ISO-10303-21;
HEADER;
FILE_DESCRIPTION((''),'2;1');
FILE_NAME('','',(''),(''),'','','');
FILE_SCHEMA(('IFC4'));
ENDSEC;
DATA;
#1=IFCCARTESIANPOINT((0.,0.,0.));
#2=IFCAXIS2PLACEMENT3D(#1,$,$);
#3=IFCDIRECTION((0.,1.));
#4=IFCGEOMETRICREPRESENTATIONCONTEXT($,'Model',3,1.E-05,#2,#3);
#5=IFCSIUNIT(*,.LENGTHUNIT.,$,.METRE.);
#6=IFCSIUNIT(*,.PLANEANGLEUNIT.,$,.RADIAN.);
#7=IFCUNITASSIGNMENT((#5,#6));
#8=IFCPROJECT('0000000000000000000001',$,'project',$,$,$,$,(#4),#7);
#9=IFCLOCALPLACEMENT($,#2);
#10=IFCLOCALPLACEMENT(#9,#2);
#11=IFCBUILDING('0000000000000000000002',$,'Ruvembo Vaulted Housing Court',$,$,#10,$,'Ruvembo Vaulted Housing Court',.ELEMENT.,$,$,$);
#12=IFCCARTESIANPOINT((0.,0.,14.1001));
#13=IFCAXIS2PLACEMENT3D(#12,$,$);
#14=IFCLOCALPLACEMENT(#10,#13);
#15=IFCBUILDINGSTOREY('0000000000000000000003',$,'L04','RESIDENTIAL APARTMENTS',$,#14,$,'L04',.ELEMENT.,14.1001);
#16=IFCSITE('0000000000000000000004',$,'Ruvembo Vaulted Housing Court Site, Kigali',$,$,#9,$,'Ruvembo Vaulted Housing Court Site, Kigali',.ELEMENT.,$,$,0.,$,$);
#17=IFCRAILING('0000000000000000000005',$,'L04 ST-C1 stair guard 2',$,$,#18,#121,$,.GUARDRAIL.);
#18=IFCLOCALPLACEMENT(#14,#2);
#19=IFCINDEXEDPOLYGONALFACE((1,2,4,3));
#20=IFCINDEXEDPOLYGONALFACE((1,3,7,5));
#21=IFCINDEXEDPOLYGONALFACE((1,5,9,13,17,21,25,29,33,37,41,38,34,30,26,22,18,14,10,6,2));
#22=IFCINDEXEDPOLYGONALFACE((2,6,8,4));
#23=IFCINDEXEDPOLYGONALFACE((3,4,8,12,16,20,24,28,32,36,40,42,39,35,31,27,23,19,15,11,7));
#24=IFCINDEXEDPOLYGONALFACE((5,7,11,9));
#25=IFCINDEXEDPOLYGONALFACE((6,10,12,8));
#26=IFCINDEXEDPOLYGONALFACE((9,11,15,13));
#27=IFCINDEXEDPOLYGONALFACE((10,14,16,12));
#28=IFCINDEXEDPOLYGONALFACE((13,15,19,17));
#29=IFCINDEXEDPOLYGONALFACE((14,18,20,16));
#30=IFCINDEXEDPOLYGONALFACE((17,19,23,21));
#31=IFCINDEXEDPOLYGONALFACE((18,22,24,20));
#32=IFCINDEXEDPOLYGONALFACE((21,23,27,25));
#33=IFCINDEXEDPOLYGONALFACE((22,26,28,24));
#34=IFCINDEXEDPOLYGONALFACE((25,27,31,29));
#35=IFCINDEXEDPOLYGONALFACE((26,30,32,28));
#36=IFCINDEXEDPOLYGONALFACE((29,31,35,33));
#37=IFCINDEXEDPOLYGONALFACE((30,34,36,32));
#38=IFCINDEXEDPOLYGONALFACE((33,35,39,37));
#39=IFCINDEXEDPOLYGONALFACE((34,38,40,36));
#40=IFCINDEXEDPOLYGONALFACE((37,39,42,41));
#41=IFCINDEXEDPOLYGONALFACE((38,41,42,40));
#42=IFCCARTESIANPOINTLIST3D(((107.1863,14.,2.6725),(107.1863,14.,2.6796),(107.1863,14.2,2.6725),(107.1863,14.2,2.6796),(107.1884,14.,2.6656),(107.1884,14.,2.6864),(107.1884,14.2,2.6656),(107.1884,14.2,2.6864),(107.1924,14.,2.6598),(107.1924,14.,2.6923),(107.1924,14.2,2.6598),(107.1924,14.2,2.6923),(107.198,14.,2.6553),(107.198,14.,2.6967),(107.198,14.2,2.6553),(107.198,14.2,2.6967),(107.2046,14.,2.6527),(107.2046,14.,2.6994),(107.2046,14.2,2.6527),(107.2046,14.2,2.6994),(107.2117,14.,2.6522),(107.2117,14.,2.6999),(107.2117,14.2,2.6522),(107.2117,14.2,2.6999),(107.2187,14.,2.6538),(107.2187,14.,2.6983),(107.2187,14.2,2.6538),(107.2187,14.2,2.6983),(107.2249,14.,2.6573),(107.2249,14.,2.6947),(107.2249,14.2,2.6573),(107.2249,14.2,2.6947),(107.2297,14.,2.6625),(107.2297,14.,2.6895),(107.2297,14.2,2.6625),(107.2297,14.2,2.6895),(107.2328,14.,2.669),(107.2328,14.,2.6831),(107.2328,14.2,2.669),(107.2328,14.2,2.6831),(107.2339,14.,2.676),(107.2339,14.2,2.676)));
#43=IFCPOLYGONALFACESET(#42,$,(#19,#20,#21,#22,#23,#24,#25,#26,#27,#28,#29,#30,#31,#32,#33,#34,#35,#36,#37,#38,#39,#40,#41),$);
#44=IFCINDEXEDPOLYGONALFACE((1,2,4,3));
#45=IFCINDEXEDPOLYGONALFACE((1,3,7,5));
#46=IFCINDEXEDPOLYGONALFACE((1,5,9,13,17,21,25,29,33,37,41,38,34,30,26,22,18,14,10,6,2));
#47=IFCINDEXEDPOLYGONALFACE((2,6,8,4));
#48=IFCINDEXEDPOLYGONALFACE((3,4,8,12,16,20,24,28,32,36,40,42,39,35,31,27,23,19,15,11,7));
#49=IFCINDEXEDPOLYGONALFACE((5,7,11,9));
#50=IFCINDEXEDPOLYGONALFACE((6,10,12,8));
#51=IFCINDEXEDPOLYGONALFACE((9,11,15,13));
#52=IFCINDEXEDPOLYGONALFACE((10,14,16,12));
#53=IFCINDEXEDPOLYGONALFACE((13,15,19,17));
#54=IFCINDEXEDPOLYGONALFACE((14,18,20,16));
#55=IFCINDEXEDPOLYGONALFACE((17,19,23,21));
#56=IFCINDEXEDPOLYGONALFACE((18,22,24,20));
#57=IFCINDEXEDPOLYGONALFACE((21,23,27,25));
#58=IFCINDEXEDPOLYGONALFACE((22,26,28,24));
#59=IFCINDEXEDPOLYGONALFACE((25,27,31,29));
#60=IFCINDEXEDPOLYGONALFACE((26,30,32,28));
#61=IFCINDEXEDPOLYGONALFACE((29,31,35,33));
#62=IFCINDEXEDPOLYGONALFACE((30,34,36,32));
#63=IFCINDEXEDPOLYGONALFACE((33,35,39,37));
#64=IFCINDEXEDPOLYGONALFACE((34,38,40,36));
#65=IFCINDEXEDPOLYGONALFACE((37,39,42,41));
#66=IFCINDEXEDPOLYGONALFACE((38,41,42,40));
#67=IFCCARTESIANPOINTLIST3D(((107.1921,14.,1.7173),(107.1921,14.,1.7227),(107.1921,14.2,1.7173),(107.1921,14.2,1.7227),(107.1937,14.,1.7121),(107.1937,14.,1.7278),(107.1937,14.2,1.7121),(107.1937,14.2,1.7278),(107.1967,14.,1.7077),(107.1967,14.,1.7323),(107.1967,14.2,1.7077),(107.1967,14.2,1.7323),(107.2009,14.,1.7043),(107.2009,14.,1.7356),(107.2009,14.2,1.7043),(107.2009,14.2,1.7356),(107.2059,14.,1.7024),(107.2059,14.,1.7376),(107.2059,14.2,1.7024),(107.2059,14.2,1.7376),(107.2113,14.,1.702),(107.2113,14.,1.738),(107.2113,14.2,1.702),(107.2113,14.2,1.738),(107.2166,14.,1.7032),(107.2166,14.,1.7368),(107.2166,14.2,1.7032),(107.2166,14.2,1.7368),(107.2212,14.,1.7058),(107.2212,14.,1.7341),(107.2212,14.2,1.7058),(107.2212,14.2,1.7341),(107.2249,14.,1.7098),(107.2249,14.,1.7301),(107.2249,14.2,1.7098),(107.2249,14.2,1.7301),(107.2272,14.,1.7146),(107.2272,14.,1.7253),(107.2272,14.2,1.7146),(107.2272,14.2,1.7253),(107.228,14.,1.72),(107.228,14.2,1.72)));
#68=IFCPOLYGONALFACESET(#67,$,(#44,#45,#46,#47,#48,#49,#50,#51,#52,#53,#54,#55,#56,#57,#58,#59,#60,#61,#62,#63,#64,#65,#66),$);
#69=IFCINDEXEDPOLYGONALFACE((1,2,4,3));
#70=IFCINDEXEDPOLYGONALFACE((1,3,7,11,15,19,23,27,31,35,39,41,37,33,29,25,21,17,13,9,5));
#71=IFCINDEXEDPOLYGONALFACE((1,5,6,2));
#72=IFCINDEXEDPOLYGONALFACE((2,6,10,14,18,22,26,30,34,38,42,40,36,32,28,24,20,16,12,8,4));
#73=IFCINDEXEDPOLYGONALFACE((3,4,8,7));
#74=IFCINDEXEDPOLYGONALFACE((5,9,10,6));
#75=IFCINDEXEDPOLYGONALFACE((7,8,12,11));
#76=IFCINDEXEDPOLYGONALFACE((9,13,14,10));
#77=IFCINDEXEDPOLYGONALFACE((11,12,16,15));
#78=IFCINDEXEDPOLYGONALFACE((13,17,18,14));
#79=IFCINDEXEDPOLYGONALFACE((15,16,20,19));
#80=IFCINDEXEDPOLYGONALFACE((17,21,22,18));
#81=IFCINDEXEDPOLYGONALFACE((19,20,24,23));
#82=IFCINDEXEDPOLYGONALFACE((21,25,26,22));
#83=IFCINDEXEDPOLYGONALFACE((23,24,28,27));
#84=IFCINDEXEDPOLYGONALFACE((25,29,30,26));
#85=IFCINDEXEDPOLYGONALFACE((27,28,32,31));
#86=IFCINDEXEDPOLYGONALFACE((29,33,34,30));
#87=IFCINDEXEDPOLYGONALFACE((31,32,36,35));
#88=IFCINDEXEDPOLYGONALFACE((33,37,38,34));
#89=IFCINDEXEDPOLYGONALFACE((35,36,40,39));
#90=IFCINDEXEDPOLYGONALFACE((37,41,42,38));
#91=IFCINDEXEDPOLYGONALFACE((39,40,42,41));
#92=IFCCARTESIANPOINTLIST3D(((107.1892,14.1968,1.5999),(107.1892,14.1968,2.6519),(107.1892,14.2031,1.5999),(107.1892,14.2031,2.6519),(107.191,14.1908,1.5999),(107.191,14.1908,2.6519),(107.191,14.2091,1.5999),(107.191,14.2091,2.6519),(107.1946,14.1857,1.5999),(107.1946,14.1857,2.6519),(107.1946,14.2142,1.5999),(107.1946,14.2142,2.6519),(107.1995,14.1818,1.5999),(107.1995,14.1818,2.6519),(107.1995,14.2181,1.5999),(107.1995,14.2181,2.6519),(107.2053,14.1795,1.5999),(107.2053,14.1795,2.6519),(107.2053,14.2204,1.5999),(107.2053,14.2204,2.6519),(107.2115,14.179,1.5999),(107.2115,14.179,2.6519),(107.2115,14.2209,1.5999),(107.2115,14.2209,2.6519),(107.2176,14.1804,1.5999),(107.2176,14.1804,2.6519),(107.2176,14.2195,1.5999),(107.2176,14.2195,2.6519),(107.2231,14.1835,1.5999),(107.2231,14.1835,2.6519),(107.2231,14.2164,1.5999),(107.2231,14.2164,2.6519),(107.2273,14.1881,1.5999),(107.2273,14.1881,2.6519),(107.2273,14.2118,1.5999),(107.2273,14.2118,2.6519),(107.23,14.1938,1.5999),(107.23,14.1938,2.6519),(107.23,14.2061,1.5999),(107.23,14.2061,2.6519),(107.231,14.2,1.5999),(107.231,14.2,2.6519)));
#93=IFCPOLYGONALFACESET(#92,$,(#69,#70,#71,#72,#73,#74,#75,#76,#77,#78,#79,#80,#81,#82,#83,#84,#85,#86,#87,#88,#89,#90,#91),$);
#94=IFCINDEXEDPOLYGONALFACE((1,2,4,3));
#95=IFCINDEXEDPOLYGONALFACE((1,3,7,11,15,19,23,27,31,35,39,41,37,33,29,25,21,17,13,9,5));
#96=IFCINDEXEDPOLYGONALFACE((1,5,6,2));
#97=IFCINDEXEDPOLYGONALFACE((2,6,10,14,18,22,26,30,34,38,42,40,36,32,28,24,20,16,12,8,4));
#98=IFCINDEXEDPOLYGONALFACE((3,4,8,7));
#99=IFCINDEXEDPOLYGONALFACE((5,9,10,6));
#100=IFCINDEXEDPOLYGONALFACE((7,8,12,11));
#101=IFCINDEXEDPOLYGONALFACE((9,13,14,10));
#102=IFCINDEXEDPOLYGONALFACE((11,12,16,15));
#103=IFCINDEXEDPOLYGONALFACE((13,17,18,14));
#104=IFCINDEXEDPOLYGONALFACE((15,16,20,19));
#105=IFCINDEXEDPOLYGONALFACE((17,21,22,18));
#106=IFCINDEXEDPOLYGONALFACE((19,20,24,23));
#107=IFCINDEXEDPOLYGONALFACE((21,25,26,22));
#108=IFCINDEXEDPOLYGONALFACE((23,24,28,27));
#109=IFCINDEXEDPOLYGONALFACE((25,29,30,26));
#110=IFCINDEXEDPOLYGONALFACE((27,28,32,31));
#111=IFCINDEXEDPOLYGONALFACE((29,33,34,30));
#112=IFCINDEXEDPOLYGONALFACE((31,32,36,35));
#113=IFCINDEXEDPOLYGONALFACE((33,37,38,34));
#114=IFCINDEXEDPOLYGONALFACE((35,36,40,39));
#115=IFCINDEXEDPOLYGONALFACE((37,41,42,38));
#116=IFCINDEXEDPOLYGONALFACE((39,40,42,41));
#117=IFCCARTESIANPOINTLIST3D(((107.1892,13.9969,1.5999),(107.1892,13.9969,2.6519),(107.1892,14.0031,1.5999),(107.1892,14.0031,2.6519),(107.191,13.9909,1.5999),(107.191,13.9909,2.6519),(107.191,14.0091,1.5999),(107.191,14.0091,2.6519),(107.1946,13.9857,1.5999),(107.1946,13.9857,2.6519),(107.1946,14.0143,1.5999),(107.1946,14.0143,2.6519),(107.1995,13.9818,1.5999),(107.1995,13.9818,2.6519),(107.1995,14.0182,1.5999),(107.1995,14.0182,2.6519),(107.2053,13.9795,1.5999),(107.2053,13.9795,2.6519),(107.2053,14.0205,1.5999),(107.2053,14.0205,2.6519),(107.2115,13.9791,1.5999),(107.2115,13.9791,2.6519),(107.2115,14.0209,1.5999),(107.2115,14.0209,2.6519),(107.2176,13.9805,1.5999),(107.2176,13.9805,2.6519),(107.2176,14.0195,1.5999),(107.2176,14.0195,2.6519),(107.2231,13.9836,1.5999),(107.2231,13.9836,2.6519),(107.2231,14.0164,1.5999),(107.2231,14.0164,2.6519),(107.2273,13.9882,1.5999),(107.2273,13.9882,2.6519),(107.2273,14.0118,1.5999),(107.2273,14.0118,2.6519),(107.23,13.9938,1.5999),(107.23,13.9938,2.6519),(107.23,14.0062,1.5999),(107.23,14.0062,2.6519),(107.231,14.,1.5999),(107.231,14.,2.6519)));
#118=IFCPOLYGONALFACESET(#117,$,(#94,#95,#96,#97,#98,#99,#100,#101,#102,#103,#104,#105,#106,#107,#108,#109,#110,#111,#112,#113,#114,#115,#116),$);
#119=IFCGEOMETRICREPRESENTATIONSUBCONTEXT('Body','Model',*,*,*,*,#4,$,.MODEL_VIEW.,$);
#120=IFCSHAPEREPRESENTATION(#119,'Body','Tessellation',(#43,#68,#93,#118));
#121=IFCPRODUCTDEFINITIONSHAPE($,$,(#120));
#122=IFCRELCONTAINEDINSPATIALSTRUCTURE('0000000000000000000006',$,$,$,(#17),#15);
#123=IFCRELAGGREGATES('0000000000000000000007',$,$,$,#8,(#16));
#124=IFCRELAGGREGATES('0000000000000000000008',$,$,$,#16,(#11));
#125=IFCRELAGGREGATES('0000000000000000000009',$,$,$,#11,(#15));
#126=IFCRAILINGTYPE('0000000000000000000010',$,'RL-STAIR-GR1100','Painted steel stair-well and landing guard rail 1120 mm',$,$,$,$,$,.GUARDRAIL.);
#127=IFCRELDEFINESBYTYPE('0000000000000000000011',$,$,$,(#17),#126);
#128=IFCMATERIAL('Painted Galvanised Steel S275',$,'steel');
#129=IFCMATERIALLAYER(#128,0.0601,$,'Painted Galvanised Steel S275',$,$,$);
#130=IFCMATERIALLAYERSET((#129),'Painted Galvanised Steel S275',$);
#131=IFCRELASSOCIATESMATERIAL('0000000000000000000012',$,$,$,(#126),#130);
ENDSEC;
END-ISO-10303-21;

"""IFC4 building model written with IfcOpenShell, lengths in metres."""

from ifc_helpers import new_model, si_unit, direction, frame, origin, origin_2d, place, context, subcontext, project, spatial, circle, extrude, material, layer, layer_set, type_object, element, save


model = new_model("IFC4")

# Units and contexts
model_context = context("Model", 3, precision=1e-05, world=origin(), true_north=direction((0.0, 1.0)))
body_context = subcontext(model_context, "Body", "Model", "MODEL_VIEW")
ifc_project = project(units=[si_unit("LENGTHUNIT", "METRE"), si_unit("PLANEANGLEUNIT", "RADIAN")], contexts=[model_context])

# Site, building, storey
site_placement = place(None, origin())
site = spatial("IfcSite", under=ifc_project, at=site_placement, Name="Ruvembo Vaulted Housing Court Site, Kigali", LongName="Ruvembo Vaulted Housing Court Site, Kigali", CompositionType="ELEMENT", RefElevation=0.0)
building_placement = place(site_placement, origin())
building = spatial("IfcBuilding", under=site, at=building_placement, Name="Ruvembo Vaulted Housing Court", LongName="Ruvembo Vaulted Housing Court", CompositionType="ELEMENT")
storey_placement = place(building_placement, frame((0.0, 0.0, 14.1001)))
storey = spatial("IfcBuildingStorey", under=building, at=storey_placement, Name="L04", Description="RESIDENTIAL APARTMENTS", LongName="L04", CompositionType="ELEMENT", Elevation=14.1001)

# Railing
ifc_material_1 = material(Name="Painted Galvanised Steel S275", Category="steel")
ifc_layer_1 = layer(ifc_material_1, 0.0601, Name="Painted Galvanised Steel S275")
ifc_layer_set_1 = layer_set([ifc_layer_1], Name="Painted Galvanised Steel S275")
railing_type_1 = type_object("IfcRailingType", Name="RL-STAIR-GR1100", Description="Painted steel stair-well and landing guard rail 1120 mm", PredefinedType="GUARDRAIL", material=ifc_layer_set_1)
railing_1_placement = place(storey_placement, frame((107.21, 14.2, 1.5999)))
element("IfcRailing", 1, at=railing_1_placement, inside=storey, type_object=railing_type_1, Name="L04 ST-C1 stair guard 2", PredefinedType="GUARDRAIL", context=body_context, shape_type="SweptSolid", body=[
    extrude(circle(Radius=0.0239, at=origin_2d()), frame((0.0, 0.0, 1.0762), z_axis=(0.0, -1.0, 0.0), x_axis=(1.0, 0.0, 0.0)), (0.0, 0.0, 1.0), 0.2),
    extrude(circle(Radius=0.0181, at=origin_2d()), frame((0.0, 0.0, 0.1201), z_axis=(0.0, -1.0, 0.0), x_axis=(1.0, 0.0, 0.0)), (0.0, 0.0, 1.0), 0.2),
    extrude(circle(Radius=0.021, at=origin_2d()), origin(), (0.0, 0.0, 1.0), 1.052),
    extrude(circle(Radius=0.021, at=origin_2d()), frame((0.0, -0.2, 0.0)), (0.0, 0.0, 1.0), 1.052),
])

save(model, "model.ifc")
